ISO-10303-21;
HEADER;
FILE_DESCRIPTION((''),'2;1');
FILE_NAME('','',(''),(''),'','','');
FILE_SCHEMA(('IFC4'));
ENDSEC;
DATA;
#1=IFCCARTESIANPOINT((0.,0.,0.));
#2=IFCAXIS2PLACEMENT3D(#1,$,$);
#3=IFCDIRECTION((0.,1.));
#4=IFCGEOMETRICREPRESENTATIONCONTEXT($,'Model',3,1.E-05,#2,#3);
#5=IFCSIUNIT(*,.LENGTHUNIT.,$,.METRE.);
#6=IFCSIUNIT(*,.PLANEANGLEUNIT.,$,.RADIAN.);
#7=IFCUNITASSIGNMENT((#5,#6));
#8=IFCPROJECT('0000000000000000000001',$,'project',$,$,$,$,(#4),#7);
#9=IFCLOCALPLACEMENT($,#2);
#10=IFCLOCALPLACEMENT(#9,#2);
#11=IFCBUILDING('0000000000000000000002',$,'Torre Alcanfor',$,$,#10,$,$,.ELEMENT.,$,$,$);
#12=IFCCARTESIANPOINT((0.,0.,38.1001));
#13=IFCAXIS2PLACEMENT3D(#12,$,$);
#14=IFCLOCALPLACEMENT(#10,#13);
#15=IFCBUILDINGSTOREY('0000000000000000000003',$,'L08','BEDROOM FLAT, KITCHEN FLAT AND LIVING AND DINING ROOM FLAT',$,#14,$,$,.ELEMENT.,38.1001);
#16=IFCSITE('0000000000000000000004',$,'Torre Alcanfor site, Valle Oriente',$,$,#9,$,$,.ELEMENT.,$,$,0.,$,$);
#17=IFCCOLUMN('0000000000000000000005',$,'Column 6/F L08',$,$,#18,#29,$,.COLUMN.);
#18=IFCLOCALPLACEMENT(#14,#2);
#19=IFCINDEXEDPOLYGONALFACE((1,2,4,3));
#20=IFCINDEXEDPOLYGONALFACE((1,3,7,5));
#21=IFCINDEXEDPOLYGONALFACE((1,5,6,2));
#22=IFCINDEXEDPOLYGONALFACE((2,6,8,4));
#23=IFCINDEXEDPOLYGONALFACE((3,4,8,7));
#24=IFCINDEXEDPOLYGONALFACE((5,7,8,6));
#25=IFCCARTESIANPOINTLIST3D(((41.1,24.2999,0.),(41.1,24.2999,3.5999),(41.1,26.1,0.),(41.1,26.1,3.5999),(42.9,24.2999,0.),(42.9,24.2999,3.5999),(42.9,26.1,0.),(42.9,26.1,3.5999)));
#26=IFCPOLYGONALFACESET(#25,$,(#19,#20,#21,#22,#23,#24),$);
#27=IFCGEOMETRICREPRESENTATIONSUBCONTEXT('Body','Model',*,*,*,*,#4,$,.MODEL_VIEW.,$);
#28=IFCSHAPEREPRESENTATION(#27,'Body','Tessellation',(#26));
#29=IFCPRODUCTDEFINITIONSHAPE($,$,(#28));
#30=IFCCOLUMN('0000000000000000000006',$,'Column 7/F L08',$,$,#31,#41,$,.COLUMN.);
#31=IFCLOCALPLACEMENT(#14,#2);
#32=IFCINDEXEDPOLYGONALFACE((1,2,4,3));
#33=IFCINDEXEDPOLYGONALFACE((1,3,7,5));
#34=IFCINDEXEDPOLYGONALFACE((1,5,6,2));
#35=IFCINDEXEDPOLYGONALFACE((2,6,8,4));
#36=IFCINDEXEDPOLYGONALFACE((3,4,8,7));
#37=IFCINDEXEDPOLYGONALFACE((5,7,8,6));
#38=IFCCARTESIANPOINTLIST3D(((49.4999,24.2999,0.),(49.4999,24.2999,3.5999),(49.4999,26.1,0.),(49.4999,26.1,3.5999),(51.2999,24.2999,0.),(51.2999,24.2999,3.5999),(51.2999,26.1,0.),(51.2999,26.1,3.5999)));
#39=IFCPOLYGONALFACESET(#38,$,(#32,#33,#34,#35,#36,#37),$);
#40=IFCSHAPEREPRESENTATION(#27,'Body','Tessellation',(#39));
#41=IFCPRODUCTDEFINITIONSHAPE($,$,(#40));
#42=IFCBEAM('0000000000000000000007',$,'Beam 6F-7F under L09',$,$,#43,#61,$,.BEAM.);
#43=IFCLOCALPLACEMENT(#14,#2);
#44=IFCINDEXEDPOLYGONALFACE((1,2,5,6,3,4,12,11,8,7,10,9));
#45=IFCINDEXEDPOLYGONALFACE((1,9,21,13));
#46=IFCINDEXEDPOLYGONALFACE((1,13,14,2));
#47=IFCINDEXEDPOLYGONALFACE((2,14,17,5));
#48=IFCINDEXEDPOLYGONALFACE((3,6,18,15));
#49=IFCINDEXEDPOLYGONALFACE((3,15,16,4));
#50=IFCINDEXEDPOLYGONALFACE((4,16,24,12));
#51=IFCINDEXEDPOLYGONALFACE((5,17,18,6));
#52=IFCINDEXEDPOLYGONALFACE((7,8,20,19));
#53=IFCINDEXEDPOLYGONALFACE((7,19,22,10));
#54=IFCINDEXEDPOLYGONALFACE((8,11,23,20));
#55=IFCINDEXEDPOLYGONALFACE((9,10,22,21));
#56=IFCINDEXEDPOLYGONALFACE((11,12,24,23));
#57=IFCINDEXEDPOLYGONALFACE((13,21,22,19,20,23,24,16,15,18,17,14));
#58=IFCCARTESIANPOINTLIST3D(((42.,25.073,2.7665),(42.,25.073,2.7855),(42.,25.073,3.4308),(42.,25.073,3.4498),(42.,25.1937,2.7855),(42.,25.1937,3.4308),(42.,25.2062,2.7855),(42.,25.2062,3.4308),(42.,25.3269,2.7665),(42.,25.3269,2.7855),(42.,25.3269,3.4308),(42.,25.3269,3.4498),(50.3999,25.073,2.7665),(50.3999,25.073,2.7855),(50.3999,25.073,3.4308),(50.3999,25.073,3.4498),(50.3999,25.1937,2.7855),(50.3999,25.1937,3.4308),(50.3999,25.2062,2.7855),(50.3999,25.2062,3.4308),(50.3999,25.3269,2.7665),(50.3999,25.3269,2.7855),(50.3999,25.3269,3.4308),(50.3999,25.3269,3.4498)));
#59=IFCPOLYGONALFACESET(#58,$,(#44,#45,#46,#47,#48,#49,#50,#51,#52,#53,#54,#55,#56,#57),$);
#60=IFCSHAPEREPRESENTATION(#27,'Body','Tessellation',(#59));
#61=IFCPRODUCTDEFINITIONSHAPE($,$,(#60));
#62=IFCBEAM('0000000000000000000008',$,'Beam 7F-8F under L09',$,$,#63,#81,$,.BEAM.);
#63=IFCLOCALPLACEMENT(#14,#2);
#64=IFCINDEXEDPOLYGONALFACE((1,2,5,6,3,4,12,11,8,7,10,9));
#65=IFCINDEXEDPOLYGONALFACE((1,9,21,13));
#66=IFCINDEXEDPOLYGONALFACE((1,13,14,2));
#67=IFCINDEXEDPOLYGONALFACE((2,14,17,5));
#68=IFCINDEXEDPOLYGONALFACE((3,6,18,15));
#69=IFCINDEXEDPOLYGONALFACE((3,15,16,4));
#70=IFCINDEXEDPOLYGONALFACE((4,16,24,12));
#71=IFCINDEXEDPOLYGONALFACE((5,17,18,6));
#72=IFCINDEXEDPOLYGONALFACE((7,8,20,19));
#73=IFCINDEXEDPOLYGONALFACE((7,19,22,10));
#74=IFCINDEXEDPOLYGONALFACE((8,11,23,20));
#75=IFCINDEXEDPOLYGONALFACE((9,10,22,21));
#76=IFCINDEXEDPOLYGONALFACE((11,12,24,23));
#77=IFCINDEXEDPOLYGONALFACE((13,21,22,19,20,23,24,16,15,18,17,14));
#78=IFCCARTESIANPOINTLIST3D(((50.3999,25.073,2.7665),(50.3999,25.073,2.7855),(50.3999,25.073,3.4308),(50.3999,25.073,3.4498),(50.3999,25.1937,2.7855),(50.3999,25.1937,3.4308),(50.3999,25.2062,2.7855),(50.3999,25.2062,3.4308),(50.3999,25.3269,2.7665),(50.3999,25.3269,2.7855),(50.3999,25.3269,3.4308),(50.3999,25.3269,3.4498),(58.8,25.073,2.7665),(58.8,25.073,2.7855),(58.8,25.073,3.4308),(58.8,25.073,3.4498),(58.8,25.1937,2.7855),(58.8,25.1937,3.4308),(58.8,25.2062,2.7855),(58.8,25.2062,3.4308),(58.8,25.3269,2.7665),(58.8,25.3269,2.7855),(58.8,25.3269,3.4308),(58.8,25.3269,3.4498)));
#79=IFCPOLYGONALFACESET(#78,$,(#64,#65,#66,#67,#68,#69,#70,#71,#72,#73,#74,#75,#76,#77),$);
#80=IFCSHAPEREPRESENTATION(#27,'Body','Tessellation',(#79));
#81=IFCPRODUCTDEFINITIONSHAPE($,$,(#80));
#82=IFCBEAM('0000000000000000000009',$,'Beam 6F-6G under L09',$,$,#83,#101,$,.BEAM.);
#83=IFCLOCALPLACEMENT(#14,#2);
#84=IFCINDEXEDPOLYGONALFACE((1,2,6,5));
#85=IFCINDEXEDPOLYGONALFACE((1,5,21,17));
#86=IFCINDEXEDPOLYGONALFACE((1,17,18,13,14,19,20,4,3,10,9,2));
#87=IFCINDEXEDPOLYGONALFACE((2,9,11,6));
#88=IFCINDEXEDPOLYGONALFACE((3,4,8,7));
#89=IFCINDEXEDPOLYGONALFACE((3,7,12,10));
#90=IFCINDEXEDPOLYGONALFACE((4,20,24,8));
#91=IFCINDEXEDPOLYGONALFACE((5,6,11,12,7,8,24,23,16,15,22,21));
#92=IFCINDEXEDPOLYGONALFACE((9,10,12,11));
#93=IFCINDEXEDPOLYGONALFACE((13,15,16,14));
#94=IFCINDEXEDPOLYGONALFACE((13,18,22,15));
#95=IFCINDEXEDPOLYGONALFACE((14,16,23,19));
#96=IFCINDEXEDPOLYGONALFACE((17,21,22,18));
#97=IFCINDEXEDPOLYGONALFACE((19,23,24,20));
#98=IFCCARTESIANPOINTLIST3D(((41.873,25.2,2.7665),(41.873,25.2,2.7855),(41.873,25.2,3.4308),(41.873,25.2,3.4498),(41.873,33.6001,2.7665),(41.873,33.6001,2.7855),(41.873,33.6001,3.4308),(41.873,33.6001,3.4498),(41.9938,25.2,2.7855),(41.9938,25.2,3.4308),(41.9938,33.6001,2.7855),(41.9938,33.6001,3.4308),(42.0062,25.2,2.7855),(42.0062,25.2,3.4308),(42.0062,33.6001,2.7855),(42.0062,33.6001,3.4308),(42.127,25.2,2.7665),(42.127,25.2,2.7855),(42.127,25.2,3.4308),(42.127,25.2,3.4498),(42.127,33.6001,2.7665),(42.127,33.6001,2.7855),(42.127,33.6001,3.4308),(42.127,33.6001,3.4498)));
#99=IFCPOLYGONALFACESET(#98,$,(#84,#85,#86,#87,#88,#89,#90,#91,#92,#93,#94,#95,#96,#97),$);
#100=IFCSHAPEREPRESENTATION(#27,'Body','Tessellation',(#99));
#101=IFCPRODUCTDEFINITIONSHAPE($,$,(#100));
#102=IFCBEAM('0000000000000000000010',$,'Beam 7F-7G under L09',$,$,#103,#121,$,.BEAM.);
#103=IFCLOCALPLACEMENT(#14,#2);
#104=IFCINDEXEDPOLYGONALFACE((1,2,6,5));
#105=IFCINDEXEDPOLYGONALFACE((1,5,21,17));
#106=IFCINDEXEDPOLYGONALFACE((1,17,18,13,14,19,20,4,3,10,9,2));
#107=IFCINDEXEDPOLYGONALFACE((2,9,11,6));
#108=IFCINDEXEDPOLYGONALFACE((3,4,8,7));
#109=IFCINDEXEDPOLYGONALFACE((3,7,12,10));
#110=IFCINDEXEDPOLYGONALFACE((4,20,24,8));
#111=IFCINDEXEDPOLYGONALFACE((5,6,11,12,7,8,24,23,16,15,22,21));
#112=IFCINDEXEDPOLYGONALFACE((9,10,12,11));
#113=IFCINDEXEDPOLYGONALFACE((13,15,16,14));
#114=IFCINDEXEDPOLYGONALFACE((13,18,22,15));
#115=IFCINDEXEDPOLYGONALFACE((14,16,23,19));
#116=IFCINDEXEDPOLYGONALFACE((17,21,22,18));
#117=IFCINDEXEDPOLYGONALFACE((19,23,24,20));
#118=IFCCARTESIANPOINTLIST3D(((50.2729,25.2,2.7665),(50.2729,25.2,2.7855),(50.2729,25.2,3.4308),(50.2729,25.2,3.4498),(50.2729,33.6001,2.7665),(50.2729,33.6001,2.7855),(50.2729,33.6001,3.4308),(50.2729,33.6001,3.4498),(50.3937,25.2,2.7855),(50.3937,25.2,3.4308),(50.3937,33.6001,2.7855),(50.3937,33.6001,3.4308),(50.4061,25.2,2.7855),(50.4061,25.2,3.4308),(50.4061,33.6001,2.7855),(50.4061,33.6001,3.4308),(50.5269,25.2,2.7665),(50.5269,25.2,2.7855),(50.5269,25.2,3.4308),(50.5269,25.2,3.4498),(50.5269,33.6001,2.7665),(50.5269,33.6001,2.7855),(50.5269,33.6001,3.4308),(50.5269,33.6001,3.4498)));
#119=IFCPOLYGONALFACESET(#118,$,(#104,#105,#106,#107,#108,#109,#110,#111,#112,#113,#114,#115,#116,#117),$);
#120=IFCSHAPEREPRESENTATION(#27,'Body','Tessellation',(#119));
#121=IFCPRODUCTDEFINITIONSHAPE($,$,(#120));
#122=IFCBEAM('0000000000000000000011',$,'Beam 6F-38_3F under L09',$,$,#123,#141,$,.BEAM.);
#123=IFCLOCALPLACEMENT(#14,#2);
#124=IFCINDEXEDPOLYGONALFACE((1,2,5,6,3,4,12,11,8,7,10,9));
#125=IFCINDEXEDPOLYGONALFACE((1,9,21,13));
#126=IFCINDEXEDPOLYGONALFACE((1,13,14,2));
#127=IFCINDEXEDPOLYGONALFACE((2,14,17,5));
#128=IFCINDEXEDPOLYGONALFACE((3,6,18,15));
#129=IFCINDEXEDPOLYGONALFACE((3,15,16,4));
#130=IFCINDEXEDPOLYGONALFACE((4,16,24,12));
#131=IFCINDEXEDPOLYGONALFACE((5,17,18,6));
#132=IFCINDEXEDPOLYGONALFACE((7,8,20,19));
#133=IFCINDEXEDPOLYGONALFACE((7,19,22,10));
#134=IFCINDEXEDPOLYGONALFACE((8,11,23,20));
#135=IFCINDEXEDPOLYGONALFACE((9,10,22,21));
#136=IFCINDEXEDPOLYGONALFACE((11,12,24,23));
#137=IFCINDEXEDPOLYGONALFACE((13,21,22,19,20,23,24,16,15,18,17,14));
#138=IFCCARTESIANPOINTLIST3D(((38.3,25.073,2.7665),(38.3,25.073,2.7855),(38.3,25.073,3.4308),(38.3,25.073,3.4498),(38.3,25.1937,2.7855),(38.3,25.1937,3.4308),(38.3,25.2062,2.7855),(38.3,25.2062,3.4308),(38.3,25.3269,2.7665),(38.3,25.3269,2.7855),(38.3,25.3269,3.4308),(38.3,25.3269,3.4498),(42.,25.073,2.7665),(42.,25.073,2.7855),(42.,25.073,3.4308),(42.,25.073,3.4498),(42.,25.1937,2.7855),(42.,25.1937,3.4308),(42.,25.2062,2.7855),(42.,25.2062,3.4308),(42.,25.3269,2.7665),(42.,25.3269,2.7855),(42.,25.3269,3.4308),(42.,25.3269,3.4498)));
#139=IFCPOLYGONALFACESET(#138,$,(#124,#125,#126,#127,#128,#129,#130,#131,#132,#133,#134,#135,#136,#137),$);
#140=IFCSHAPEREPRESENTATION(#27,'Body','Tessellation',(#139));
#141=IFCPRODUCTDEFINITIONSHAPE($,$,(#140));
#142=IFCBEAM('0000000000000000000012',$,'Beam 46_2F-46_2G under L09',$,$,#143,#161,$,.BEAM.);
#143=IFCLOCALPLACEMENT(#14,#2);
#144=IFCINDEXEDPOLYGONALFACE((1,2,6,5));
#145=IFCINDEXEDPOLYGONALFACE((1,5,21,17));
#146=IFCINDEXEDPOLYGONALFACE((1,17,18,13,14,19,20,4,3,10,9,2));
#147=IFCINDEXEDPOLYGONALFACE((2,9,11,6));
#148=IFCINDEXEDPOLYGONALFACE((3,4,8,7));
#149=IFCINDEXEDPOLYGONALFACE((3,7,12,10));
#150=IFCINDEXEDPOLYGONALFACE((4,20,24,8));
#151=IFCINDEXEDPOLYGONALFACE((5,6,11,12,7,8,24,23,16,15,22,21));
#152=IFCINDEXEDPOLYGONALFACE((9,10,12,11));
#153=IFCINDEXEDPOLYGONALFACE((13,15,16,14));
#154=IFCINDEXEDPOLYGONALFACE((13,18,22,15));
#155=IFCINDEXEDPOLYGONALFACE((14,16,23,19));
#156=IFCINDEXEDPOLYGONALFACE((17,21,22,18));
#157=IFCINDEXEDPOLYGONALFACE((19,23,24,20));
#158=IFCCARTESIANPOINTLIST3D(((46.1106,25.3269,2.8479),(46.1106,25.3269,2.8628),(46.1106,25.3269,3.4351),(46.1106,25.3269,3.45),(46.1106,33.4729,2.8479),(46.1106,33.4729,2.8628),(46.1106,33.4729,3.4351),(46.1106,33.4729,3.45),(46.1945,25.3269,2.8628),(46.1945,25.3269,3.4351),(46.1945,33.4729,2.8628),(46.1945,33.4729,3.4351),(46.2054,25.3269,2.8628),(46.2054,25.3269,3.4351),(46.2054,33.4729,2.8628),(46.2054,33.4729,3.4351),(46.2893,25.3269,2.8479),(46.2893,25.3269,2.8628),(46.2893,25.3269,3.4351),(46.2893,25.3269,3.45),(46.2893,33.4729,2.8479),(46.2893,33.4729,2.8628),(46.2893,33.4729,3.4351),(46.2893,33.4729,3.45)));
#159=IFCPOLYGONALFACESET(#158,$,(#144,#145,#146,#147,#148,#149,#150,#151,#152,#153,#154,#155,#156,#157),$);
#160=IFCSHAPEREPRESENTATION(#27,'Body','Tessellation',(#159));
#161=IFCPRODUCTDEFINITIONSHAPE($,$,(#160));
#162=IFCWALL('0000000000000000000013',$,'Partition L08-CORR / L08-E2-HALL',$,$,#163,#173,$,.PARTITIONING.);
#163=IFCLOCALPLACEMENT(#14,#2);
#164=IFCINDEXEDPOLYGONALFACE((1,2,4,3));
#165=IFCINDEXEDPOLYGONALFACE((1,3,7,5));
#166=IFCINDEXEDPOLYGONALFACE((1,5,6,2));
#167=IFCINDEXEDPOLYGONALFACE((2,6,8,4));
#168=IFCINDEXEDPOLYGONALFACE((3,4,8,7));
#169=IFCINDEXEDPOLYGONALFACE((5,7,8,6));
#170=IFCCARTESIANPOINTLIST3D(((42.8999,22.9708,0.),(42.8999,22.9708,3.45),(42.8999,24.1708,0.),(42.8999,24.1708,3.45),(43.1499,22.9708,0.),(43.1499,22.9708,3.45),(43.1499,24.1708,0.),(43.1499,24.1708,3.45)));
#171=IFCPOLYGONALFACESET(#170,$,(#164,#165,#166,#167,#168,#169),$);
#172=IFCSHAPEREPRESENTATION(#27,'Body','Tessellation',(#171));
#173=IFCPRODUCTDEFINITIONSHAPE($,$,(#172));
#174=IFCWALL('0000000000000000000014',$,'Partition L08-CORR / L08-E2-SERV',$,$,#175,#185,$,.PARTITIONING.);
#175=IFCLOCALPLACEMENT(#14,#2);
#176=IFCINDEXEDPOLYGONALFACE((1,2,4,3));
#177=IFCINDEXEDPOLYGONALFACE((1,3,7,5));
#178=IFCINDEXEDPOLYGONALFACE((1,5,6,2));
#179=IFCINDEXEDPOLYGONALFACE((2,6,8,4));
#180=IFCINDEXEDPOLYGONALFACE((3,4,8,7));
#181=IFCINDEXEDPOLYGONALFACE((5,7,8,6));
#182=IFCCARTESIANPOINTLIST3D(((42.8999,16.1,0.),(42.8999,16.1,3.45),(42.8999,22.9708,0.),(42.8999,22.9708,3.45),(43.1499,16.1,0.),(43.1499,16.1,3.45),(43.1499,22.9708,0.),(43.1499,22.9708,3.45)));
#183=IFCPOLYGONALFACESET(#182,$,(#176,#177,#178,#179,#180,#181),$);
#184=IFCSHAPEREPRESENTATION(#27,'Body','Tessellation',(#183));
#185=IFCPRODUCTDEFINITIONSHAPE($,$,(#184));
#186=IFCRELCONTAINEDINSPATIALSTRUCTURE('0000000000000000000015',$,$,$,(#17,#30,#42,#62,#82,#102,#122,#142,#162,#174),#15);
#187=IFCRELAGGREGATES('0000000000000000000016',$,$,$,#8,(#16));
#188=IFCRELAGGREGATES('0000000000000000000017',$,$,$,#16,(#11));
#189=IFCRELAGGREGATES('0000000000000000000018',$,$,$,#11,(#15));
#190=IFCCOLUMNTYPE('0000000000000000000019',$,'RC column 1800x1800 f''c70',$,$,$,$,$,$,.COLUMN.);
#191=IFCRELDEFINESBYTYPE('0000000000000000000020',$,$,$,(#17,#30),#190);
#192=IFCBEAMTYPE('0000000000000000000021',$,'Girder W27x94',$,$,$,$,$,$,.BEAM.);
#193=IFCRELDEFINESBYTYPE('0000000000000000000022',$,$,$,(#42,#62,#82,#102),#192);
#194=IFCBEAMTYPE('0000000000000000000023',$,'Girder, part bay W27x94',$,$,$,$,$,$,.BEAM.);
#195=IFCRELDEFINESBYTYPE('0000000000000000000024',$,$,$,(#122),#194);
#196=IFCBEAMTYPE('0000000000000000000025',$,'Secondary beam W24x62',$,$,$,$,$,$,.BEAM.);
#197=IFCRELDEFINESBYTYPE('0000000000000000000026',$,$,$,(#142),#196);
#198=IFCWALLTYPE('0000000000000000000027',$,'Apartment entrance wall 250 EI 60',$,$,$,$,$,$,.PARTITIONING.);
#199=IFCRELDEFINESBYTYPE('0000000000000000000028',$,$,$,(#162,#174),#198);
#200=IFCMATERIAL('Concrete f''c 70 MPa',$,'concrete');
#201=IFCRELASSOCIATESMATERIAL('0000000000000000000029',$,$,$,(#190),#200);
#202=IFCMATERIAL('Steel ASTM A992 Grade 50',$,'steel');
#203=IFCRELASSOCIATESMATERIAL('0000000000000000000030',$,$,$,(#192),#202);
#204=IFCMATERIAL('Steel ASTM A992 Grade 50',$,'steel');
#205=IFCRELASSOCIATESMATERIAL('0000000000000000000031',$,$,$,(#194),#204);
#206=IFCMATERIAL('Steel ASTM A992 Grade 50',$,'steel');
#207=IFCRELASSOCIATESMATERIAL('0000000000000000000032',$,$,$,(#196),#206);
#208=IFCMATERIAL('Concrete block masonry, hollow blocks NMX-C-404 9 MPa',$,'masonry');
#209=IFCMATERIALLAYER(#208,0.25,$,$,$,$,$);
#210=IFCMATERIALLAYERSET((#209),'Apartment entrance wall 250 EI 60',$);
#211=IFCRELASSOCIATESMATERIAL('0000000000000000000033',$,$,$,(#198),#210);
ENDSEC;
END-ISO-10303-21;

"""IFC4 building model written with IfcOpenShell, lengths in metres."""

from ifc_helpers import new_model, si_unit, direction, frame, frame_2d, origin, origin_2d, place, context, subcontext, project, spatial, rectangle, i_section, extrude, material, layer, layer_set, material_profile, profile_set, type_object, element, save


model = new_model("IFC4")

# Units and contexts
model_context = context("Model", 3, precision=1e-05, world=origin(), true_north=direction((0.0, 1.0)))
body_context = subcontext(model_context, "Body", "Model", "MODEL_VIEW")
ifc_project = project(units=[si_unit("LENGTHUNIT", "METRE"), si_unit("PLANEANGLEUNIT", "RADIAN")], contexts=[model_context])

# Site, building, storey
site_placement = place(None, origin())
site = spatial("IfcSite", under=ifc_project, at=site_placement, Name="Torre Alcanfor site, Valle Oriente", CompositionType="ELEMENT", RefElevation=0.0)
building_placement = place(site_placement, origin())
building = spatial("IfcBuilding", under=site, at=building_placement, Name="Torre Alcanfor", CompositionType="ELEMENT")
storey_placement = place(building_placement, frame((0.0, 0.0, 38.1001)))
storey = spatial("IfcBuildingStorey", under=building, at=storey_placement, Name="L08", Description="BEDROOM FLAT, KITCHEN FLAT AND LIVING AND DINING ROOM FLAT", CompositionType="ELEMENT", Elevation=38.1001)

# Columns
ifc_material_1 = material(Name="Concrete f'c 70 MPa", Category="concrete")
ifc_material_profile_1 = material_profile(ifc_material_1, rectangle(XDim=1.8, YDim=1.8, at=origin_2d()), Name="1800x1800")
ifc_profile_set_1 = profile_set([ifc_material_profile_1], Name="Concrete f'c 70 MPa")
column_type = type_object("IfcColumnType", Name="RC column 1800x1800 f'c70", PredefinedType="COLUMN", material=ifc_profile_set_1)
for number, where, z_axis, x_axis, name in (
    (1, (42.0, 25.2, 0.0), (0.0, 0.0, 1.0), (1.0, 0.0, 0.0), "Column 6/F L08"),
    (2, (50.3999, 25.2, 0.0), (0.0, 0.0, 1.0), (1.0, 0.0, 0.0), "Column 7/F L08"),
):
    element("IfcColumn", number, at=place(storey_placement, frame(where, z_axis=z_axis, x_axis=x_axis)), inside=storey, type_object=column_type, Name=name, PredefinedType="COLUMN", context=body_context, shape_type="SweptSolid", body=[
        extrude(rectangle(XDim=1.8, YDim=1.8, at=origin_2d()), origin(), (0.0, 0.0, 1.0), 3.5999),
    ])

# Beams
ifc_material_2 = material(Name="Steel ASTM A992 Grade 50", Category="steel")
ifc_material_profile_2 = material_profile(ifc_material_2, i_section(OverallWidth=0.2539, OverallDepth=0.6833, WebThickness=0.0125, FlangeThickness=0.019, at=origin_2d()), Name="W27x94")
ifc_profile_set_2 = profile_set([ifc_material_profile_2], Name="Steel ASTM A992 Grade 50")
beam_type_1 = type_object("IfcBeamType", Name="Girder W27x94", PredefinedType="BEAM", material=ifc_profile_set_2)
beam_1_placement = place(storey_placement, frame((42.0, 25.2, 3.1082), z_axis=(1.0, 0.0, 0.0), x_axis=(0.0, 1.0, 0.0)))
element("IfcBeam", 3, at=beam_1_placement, inside=storey, type_object=beam_type_1, Name="Beam 6F-7F under L09", PredefinedType="BEAM", context=body_context, shape_type="SweptSolid", body=[
    extrude(i_section(OverallWidth=0.2539, OverallDepth=0.6833, WebThickness=0.0125, FlangeThickness=0.019, at=origin_2d()), origin(), (0.0, 0.0, 1.0), 8.3999),
])
for number, where, z_axis, x_axis, name in (
    (4, (50.3999, 25.2, 3.1082), (1.0, 0.0, 0.0), (0.0, 1.0, 0.0), "Beam 7F-8F under L09"),
    (5, (42.0, 25.2, 3.1082), (0.0, 1.0, 0.0), (-1.0, 0.0, 0.0), "Beam 6F-6G under L09"),
    (6, (50.3999, 25.2, 3.1082), (0.0, 1.0, 0.0), (-1.0, 0.0, 0.0), "Beam 7F-7G under L09"),
):
    element("IfcBeam", number, at=place(storey_placement, frame(where, z_axis=z_axis, x_axis=x_axis)), inside=storey, type_object=beam_type_1, Name=name, PredefinedType="BEAM", context=body_context, shape_type="SweptSolid", body=[
        extrude(i_section(OverallWidth=0.2539, OverallDepth=0.6833, WebThickness=0.0125, FlangeThickness=0.019, at=origin_2d()), origin(), (0.0, 0.0, 1.0), 8.4001),
    ])
ifc_material_3 = material(Name="Steel ASTM A992 Grade 50", Category="steel")
ifc_material_profile_3 = material_profile(ifc_material_3, i_section(OverallWidth=0.2539, OverallDepth=0.6833, WebThickness=0.0125, FlangeThickness=0.019, at=origin_2d()), Name="W27x94")
ifc_profile_set_3 = profile_set([ifc_material_profile_3], Name="Steel ASTM A992 Grade 50")
beam_type_2 = type_object("IfcBeamType", Name="Girder, part bay W27x94", PredefinedType="BEAM", material=ifc_profile_set_3)
beam_2_placement = place(storey_placement, frame((42.0, 25.2, 3.1082), z_axis=(-1.0, 0.0, 0.0), x_axis=(0.0, -1.0, 0.0)))
element("IfcBeam", 7, at=beam_2_placement, inside=storey, type_object=beam_type_2, Name="Beam 6F-38_3F under L09", PredefinedType="BEAM", context=body_context, shape_type="SweptSolid", body=[
    extrude(i_section(OverallWidth=0.2539, OverallDepth=0.6833, WebThickness=0.0125, FlangeThickness=0.019, at=origin_2d()), origin(), (0.0, 0.0, 1.0), 3.7),
])
ifc_material_4 = material(Name="Steel ASTM A992 Grade 50", Category="steel")
ifc_material_profile_4 = material_profile(ifc_material_4, i_section(OverallWidth=0.1787, OverallDepth=0.6021, WebThickness=0.011, FlangeThickness=0.0149, at=origin_2d()), Name="W24x62")
ifc_profile_set_4 = profile_set([ifc_material_profile_4], Name="Steel ASTM A992 Grade 50")
beam_type_3 = type_object("IfcBeamType", Name="Secondary beam W24x62", PredefinedType="BEAM", material=ifc_profile_set_4)
beam_3_placement = place(storey_placement, frame((46.2, 25.3269, 3.1489), z_axis=(0.0, 1.0, 0.0), x_axis=(-1.0, 0.0, 0.0)))
element("IfcBeam", 8, at=beam_3_placement, inside=storey, type_object=beam_type_3, Name="Beam 46_2F-46_2G under L09", PredefinedType="BEAM", context=body_context, shape_type="SweptSolid", body=[
    extrude(i_section(OverallWidth=0.1787, OverallDepth=0.6021, WebThickness=0.011, FlangeThickness=0.0149, at=origin_2d()), origin(), (0.0, 0.0, 1.0), 8.146),
])

# Walls
ifc_material_5 = material(Name="Concrete block masonry, hollow blocks NMX-C-404 9 MPa", Category="masonry")
ifc_layer_1 = layer(ifc_material_5, 0.25)
ifc_layer_set_1 = layer_set([ifc_layer_1], Name="Apartment entrance wall 250 EI 60")
wall_type_1 = type_object("IfcWallType", Name="Apartment entrance wall 250 EI 60", PredefinedType="PARTITIONING", material=ifc_layer_set_1)
wall_1_placement = place(storey_placement, frame((43.0249, 24.1709, 0.0), z_axis=(0.0, 0.0, 1.0), x_axis=(0.0, -1.0, 0.0)))
element("IfcWall", 9, at=wall_1_placement, inside=storey, type_object=wall_type_1, Name="Partition L08-CORR / L08-E2-HALL", PredefinedType="PARTITIONING", context=body_context, shape_type="SweptSolid", body=[
    extrude(rectangle(XDim=1.2, YDim=0.25, at=frame_2d((0.6001, 0.0))), origin(), (0.0, 0.0, 1.0), 3.45),
])
wall_2_placement = place(storey_placement, frame((43.0249, 22.9709, 0.0), z_axis=(0.0, 0.0, 1.0), x_axis=(0.0, -1.0, 0.0)))
element("IfcWall", 10, at=wall_2_placement, inside=storey, type_object=wall_type_1, Name="Partition L08-CORR / L08-E2-SERV", PredefinedType="PARTITIONING", context=body_context, shape_type="SweptSolid", body=[
    extrude(rectangle(XDim=6.8708, YDim=0.25, at=frame_2d((3.4355, 0.0))), origin(), (0.0, 0.0, 1.0), 3.45),
])

save(model, "model.ifc")
